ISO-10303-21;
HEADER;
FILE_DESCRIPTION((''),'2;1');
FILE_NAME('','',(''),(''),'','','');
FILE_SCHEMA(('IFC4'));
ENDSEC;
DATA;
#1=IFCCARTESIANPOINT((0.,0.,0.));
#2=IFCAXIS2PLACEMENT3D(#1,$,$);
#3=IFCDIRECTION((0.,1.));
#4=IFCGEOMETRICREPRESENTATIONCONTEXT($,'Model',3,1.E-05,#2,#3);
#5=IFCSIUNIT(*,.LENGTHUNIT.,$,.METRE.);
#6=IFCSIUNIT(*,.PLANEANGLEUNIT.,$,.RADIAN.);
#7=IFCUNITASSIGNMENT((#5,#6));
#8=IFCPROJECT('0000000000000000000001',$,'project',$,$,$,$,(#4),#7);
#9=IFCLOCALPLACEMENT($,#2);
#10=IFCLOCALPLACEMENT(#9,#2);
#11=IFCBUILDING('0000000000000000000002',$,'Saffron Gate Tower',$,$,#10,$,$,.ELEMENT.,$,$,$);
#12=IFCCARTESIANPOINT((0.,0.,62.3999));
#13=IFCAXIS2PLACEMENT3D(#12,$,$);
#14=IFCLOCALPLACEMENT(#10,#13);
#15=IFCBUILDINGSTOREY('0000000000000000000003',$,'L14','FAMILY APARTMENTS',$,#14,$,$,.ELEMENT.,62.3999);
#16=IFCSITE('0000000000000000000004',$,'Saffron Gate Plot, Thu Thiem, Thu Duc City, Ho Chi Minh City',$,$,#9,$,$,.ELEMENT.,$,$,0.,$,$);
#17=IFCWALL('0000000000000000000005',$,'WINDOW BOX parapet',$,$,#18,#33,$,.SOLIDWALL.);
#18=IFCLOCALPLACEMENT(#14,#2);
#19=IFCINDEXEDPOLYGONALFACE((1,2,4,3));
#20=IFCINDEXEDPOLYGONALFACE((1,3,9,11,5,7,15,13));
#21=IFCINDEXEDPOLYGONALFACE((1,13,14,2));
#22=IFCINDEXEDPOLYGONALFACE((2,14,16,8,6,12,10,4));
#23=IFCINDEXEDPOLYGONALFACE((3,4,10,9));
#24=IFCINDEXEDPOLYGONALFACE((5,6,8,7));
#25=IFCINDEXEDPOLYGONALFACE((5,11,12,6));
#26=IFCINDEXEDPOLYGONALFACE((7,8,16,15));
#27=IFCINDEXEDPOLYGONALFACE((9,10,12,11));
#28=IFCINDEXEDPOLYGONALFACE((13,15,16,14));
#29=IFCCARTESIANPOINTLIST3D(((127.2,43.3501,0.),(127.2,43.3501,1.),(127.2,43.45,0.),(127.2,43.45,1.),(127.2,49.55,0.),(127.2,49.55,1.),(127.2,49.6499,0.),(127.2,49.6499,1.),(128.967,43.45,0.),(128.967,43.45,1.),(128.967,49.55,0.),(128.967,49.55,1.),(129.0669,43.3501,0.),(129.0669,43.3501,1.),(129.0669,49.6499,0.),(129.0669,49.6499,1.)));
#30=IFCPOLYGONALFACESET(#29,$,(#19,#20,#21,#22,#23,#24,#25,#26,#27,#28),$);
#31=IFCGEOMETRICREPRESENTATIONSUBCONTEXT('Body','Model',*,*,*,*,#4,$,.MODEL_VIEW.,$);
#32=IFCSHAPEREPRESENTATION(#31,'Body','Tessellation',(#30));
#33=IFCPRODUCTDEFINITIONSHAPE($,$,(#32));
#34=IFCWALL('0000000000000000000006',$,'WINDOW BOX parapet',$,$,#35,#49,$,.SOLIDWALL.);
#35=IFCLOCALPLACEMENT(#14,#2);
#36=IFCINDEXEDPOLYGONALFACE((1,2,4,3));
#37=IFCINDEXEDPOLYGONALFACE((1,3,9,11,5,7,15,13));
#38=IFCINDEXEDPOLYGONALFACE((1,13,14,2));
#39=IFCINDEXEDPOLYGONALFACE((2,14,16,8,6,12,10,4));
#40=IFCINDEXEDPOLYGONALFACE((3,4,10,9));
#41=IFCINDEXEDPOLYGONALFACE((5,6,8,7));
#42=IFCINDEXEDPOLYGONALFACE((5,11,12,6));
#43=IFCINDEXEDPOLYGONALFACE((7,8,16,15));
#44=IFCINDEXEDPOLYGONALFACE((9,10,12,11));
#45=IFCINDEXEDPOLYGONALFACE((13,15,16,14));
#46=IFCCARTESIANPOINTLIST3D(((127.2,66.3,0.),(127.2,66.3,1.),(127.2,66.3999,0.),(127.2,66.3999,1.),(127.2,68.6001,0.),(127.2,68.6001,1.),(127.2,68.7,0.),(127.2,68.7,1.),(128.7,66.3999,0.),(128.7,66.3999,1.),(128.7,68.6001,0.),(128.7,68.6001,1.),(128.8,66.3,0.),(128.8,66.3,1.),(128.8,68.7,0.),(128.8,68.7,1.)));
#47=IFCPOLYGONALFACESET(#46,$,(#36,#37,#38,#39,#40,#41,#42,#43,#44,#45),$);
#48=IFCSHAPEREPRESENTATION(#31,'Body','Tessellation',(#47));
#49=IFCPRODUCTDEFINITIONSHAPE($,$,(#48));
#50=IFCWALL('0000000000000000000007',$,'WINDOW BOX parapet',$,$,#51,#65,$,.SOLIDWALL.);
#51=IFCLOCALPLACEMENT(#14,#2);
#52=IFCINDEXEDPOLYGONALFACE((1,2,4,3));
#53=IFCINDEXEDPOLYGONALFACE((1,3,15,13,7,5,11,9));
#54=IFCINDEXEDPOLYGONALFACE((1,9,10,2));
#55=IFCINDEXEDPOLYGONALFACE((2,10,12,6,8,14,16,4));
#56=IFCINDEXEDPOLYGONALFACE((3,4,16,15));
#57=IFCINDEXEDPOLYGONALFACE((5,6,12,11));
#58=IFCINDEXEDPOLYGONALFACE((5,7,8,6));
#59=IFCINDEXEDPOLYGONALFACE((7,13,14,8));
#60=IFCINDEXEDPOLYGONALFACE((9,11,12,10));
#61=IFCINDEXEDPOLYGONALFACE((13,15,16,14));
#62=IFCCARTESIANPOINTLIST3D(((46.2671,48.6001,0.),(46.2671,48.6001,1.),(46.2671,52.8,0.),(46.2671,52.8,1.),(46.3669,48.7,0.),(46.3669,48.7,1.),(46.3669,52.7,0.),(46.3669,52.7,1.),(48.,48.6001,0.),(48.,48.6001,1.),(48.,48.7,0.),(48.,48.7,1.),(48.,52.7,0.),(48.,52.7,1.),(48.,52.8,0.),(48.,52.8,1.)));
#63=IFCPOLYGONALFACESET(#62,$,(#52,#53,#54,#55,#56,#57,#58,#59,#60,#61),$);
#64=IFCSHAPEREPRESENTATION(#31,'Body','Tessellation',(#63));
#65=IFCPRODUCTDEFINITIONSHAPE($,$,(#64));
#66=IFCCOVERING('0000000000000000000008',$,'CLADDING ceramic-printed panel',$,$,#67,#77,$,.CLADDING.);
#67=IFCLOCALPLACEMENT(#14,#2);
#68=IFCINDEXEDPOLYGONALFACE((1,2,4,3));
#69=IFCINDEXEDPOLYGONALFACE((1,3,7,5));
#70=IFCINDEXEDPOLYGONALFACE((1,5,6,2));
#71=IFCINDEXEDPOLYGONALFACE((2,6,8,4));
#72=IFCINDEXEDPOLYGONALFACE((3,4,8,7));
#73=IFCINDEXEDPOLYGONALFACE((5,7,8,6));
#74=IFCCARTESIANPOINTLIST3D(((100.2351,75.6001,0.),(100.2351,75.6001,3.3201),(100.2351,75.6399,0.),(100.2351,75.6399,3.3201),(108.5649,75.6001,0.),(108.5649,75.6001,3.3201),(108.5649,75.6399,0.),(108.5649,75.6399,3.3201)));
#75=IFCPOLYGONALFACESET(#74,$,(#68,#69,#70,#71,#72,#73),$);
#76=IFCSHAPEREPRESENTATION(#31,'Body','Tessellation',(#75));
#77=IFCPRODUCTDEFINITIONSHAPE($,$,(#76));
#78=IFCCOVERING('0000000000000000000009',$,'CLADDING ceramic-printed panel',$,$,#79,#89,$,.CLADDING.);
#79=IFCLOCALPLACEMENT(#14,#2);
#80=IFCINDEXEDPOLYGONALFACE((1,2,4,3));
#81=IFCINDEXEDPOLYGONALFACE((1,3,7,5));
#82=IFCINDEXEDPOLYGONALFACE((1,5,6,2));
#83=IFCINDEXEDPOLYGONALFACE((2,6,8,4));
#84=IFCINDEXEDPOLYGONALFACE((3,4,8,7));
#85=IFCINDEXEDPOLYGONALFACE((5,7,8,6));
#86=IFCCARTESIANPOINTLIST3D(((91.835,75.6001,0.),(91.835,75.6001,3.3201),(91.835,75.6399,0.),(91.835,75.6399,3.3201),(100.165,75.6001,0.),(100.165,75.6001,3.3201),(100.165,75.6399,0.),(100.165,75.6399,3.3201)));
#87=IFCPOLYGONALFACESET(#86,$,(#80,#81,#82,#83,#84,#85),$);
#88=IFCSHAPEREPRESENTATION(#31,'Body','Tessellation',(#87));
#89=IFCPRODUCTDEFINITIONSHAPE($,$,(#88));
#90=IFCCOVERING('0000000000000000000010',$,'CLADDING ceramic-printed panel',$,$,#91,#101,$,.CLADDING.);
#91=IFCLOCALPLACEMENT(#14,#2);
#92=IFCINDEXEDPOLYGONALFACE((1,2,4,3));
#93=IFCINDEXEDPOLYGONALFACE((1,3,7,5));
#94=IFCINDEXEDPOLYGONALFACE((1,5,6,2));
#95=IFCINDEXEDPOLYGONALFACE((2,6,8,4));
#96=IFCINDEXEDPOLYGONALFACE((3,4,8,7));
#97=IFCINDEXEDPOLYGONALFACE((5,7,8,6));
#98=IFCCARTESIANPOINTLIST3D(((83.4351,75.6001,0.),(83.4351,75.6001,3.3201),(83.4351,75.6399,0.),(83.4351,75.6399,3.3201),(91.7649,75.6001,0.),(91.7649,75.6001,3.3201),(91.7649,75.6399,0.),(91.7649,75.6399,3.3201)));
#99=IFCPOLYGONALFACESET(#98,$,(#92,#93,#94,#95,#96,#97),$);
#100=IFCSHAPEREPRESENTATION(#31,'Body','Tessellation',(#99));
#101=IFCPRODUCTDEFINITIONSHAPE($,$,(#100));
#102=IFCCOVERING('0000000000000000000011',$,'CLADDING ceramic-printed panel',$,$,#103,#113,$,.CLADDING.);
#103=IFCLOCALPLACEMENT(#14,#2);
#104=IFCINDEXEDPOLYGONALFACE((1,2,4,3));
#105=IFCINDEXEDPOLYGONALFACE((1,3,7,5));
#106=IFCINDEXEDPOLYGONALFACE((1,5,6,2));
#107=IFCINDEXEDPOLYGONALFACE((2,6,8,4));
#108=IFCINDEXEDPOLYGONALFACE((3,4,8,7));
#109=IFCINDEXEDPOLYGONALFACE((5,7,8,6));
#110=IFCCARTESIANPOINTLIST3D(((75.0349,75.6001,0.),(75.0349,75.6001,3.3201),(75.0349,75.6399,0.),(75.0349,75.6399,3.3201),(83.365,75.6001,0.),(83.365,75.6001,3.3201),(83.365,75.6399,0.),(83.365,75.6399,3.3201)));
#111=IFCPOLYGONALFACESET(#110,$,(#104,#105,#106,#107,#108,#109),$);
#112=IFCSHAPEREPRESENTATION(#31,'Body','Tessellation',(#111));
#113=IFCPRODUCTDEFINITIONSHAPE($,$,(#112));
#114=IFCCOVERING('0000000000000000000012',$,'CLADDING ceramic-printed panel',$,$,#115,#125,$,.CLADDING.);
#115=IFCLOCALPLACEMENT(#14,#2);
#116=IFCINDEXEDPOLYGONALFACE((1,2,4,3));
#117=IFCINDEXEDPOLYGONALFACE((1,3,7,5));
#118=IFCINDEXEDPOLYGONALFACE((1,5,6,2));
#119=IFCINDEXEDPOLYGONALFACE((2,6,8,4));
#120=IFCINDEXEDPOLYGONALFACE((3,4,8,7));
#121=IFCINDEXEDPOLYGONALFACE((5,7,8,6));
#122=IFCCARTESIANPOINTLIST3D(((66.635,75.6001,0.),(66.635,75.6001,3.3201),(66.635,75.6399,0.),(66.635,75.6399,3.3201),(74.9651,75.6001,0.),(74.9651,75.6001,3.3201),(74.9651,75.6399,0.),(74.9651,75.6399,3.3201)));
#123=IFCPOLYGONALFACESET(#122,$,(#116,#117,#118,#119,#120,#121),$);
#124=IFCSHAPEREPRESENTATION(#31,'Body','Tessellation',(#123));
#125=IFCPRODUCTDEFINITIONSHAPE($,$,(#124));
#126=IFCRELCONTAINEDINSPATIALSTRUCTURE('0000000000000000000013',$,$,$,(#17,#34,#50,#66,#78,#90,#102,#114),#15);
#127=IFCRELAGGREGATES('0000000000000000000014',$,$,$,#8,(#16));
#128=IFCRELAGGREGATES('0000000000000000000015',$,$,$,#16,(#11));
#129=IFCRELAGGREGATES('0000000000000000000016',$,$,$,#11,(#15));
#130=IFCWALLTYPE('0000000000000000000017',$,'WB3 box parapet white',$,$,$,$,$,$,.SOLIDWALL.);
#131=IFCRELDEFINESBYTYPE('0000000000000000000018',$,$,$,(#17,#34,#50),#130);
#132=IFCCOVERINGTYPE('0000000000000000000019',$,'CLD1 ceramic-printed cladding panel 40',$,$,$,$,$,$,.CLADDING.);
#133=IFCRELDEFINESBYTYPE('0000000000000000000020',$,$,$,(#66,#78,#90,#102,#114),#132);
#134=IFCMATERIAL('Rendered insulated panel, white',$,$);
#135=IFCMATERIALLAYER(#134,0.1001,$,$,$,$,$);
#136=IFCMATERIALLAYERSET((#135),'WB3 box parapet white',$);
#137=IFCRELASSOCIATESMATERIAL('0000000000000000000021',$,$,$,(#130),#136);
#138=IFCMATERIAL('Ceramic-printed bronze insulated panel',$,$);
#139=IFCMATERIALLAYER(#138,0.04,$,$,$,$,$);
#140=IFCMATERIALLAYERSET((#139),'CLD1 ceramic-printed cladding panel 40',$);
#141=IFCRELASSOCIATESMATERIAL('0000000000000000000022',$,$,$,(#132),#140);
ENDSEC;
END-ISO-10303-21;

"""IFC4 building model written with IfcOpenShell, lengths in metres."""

from ifc_helpers import new_model, si_unit, direction, frame, origin, place, context, subcontext, project, spatial, polyline, outline, extrude, material, layer, layer_set, type_object, element, save


model = new_model("IFC4")

# Units and contexts
model_context = context("Model", 3, precision=1e-05, world=origin(), true_north=direction((0.0, 1.0)))
body_context = subcontext(model_context, "Body", "Model", "MODEL_VIEW")
ifc_project = project(units=[si_unit("LENGTHUNIT", "METRE"), si_unit("PLANEANGLEUNIT", "RADIAN")], contexts=[model_context])

# Site, building, storey
site_placement = place(None, origin())
site = spatial("IfcSite", under=ifc_project, at=site_placement, Name="Saffron Gate Plot, Thu Thiem, Thu Duc City, Ho Chi Minh City", CompositionType="ELEMENT", RefElevation=0.0)
building_placement = place(site_placement, origin())
building = spatial("IfcBuilding", under=site, at=building_placement, Name="Saffron Gate Tower", CompositionType="ELEMENT")
storey_placement = place(building_placement, frame((0.0, 0.0, 62.3999)))
storey = spatial("IfcBuildingStorey", under=building, at=storey_placement, Name="L14", Description="FAMILY APARTMENTS", CompositionType="ELEMENT", Elevation=62.3999)

# Walls
ifc_material_1 = material(Name="Rendered insulated panel, white")
ifc_layer_1 = layer(ifc_material_1, 0.1001)
ifc_layer_set_1 = layer_set([ifc_layer_1], Name="WB3 box parapet white")
wall_type = type_object("IfcWallType", Name="WB3 box parapet white", PredefinedType="SOLIDWALL", material=ifc_layer_set_1)
wall_1_placement = place(storey_placement, origin())
element("IfcWall", 1, at=wall_1_placement, inside=storey, type_object=wall_type, Name="WINDOW BOX parapet", PredefinedType="SOLIDWALL", context=body_context, shape_type="SweptSolid", body=[
    extrude(outline(polyline([(127.2, 43.3501), (127.2, 43.45), (128.967, 43.45), (128.967, 49.55), (127.2, 49.55), (127.2, 49.6499), (129.0669, 49.6499), (129.0669, 43.3501), (127.2, 43.3501)])), origin(), (0.0, 0.0, 1.0), 1.0),
])
wall_2_placement = place(storey_placement, origin())
element("IfcWall", 2, at=wall_2_placement, inside=storey, type_object=wall_type, Name="WINDOW BOX parapet", PredefinedType="SOLIDWALL", context=body_context, shape_type="SweptSolid", body=[
    extrude(outline(polyline([(127.2, 66.3), (127.2, 66.3999), (128.7, 66.3999), (128.7, 68.6001), (127.2, 68.6001), (127.2, 68.7), (128.8, 68.7), (128.8, 66.3), (127.2, 66.3)])), origin(), (0.0, 0.0, 1.0), 1.0),
])
wall_3_placement = place(storey_placement, origin())
element("IfcWall", 3, at=wall_3_placement, inside=storey, type_object=wall_type, Name="WINDOW BOX parapet", PredefinedType="SOLIDWALL", context=body_context, shape_type="SweptSolid", body=[
    extrude(outline(polyline([(48.0, 52.8), (48.0, 52.7), (46.3669, 52.7), (46.3669, 48.7), (48.0, 48.7), (48.0, 48.6001), (46.2671, 48.6001), (46.2671, 52.8), (48.0, 52.8)])), origin(), (0.0, 0.0, 1.0), 1.0),
])

# Coverings
ifc_material_2 = material(Name="Ceramic-printed bronze insulated panel")
ifc_layer_2 = layer(ifc_material_2, 0.04)
ifc_layer_set_2 = layer_set([ifc_layer_2], Name="CLD1 ceramic-printed cladding panel 40")
covering_type = type_object("IfcCoveringType", Name="CLD1 ceramic-printed cladding panel 40", PredefinedType="CLADDING", material=ifc_layer_set_2)
covering_1_placement = place(storey_placement, origin())
element("IfcCovering", 4, at=covering_1_placement, inside=storey, type_object=covering_type, Name="CLADDING ceramic-printed panel", PredefinedType="CLADDING", context=body_context, shape_type="SweptSolid", body=[
    extrude(outline(polyline([(108.5649, 75.6399), (100.2351, 75.6399), (100.2351, 75.6001), (108.5649, 75.6001), (108.5649, 75.6399)])), origin(), (0.0, 0.0, 1.0), 3.3201),
])
covering_2_placement = place(storey_placement, origin())
element("IfcCovering", 5, at=covering_2_placement, inside=storey, type_object=covering_type, Name="CLADDING ceramic-printed panel", PredefinedType="CLADDING", context=body_context, shape_type="SweptSolid", body=[
    extrude(outline(polyline([(100.165, 75.6399), (91.835, 75.6399), (91.835, 75.6001), (100.165, 75.6001), (100.165, 75.6399)])), origin(), (0.0, 0.0, 1.0), 3.3201),
])
covering_3_placement = place(storey_placement, origin())
element("IfcCovering", 6, at=covering_3_placement, inside=storey, type_object=covering_type, Name="CLADDING ceramic-printed panel", PredefinedType="CLADDING", context=body_context, shape_type="SweptSolid", body=[
    extrude(outline(polyline([(91.7649, 75.6399), (83.4351, 75.6399), (83.4351, 75.6001), (91.7649, 75.6001), (91.7649, 75.6399)])), origin(), (0.0, 0.0, 1.0), 3.3201),
])
covering_4_placement = place(storey_placement, origin())
element("IfcCovering", 7, at=covering_4_placement, inside=storey, type_object=covering_type, Name="CLADDING ceramic-printed panel", PredefinedType="CLADDING", context=body_context, shape_type="SweptSolid", body=[
    extrude(outline(polyline([(83.365, 75.6399), (75.0349, 75.6399), (75.0349, 75.6001), (83.365, 75.6001), (83.365, 75.6399)])), origin(), (0.0, 0.0, 1.0), 3.3201),
])
covering_5_placement = place(storey_placement, origin())
element("IfcCovering", 8, at=covering_5_placement, inside=storey, type_object=covering_type, Name="CLADDING ceramic-printed panel", PredefinedType="CLADDING", context=body_context, shape_type="SweptSolid", body=[
    extrude(outline(polyline([(74.9651, 75.6399), (66.635, 75.6399), (66.635, 75.6001), (74.9651, 75.6001), (74.9651, 75.6399)])), origin(), (0.0, 0.0, 1.0), 3.3201),
])

save(model, "model.ifc")
